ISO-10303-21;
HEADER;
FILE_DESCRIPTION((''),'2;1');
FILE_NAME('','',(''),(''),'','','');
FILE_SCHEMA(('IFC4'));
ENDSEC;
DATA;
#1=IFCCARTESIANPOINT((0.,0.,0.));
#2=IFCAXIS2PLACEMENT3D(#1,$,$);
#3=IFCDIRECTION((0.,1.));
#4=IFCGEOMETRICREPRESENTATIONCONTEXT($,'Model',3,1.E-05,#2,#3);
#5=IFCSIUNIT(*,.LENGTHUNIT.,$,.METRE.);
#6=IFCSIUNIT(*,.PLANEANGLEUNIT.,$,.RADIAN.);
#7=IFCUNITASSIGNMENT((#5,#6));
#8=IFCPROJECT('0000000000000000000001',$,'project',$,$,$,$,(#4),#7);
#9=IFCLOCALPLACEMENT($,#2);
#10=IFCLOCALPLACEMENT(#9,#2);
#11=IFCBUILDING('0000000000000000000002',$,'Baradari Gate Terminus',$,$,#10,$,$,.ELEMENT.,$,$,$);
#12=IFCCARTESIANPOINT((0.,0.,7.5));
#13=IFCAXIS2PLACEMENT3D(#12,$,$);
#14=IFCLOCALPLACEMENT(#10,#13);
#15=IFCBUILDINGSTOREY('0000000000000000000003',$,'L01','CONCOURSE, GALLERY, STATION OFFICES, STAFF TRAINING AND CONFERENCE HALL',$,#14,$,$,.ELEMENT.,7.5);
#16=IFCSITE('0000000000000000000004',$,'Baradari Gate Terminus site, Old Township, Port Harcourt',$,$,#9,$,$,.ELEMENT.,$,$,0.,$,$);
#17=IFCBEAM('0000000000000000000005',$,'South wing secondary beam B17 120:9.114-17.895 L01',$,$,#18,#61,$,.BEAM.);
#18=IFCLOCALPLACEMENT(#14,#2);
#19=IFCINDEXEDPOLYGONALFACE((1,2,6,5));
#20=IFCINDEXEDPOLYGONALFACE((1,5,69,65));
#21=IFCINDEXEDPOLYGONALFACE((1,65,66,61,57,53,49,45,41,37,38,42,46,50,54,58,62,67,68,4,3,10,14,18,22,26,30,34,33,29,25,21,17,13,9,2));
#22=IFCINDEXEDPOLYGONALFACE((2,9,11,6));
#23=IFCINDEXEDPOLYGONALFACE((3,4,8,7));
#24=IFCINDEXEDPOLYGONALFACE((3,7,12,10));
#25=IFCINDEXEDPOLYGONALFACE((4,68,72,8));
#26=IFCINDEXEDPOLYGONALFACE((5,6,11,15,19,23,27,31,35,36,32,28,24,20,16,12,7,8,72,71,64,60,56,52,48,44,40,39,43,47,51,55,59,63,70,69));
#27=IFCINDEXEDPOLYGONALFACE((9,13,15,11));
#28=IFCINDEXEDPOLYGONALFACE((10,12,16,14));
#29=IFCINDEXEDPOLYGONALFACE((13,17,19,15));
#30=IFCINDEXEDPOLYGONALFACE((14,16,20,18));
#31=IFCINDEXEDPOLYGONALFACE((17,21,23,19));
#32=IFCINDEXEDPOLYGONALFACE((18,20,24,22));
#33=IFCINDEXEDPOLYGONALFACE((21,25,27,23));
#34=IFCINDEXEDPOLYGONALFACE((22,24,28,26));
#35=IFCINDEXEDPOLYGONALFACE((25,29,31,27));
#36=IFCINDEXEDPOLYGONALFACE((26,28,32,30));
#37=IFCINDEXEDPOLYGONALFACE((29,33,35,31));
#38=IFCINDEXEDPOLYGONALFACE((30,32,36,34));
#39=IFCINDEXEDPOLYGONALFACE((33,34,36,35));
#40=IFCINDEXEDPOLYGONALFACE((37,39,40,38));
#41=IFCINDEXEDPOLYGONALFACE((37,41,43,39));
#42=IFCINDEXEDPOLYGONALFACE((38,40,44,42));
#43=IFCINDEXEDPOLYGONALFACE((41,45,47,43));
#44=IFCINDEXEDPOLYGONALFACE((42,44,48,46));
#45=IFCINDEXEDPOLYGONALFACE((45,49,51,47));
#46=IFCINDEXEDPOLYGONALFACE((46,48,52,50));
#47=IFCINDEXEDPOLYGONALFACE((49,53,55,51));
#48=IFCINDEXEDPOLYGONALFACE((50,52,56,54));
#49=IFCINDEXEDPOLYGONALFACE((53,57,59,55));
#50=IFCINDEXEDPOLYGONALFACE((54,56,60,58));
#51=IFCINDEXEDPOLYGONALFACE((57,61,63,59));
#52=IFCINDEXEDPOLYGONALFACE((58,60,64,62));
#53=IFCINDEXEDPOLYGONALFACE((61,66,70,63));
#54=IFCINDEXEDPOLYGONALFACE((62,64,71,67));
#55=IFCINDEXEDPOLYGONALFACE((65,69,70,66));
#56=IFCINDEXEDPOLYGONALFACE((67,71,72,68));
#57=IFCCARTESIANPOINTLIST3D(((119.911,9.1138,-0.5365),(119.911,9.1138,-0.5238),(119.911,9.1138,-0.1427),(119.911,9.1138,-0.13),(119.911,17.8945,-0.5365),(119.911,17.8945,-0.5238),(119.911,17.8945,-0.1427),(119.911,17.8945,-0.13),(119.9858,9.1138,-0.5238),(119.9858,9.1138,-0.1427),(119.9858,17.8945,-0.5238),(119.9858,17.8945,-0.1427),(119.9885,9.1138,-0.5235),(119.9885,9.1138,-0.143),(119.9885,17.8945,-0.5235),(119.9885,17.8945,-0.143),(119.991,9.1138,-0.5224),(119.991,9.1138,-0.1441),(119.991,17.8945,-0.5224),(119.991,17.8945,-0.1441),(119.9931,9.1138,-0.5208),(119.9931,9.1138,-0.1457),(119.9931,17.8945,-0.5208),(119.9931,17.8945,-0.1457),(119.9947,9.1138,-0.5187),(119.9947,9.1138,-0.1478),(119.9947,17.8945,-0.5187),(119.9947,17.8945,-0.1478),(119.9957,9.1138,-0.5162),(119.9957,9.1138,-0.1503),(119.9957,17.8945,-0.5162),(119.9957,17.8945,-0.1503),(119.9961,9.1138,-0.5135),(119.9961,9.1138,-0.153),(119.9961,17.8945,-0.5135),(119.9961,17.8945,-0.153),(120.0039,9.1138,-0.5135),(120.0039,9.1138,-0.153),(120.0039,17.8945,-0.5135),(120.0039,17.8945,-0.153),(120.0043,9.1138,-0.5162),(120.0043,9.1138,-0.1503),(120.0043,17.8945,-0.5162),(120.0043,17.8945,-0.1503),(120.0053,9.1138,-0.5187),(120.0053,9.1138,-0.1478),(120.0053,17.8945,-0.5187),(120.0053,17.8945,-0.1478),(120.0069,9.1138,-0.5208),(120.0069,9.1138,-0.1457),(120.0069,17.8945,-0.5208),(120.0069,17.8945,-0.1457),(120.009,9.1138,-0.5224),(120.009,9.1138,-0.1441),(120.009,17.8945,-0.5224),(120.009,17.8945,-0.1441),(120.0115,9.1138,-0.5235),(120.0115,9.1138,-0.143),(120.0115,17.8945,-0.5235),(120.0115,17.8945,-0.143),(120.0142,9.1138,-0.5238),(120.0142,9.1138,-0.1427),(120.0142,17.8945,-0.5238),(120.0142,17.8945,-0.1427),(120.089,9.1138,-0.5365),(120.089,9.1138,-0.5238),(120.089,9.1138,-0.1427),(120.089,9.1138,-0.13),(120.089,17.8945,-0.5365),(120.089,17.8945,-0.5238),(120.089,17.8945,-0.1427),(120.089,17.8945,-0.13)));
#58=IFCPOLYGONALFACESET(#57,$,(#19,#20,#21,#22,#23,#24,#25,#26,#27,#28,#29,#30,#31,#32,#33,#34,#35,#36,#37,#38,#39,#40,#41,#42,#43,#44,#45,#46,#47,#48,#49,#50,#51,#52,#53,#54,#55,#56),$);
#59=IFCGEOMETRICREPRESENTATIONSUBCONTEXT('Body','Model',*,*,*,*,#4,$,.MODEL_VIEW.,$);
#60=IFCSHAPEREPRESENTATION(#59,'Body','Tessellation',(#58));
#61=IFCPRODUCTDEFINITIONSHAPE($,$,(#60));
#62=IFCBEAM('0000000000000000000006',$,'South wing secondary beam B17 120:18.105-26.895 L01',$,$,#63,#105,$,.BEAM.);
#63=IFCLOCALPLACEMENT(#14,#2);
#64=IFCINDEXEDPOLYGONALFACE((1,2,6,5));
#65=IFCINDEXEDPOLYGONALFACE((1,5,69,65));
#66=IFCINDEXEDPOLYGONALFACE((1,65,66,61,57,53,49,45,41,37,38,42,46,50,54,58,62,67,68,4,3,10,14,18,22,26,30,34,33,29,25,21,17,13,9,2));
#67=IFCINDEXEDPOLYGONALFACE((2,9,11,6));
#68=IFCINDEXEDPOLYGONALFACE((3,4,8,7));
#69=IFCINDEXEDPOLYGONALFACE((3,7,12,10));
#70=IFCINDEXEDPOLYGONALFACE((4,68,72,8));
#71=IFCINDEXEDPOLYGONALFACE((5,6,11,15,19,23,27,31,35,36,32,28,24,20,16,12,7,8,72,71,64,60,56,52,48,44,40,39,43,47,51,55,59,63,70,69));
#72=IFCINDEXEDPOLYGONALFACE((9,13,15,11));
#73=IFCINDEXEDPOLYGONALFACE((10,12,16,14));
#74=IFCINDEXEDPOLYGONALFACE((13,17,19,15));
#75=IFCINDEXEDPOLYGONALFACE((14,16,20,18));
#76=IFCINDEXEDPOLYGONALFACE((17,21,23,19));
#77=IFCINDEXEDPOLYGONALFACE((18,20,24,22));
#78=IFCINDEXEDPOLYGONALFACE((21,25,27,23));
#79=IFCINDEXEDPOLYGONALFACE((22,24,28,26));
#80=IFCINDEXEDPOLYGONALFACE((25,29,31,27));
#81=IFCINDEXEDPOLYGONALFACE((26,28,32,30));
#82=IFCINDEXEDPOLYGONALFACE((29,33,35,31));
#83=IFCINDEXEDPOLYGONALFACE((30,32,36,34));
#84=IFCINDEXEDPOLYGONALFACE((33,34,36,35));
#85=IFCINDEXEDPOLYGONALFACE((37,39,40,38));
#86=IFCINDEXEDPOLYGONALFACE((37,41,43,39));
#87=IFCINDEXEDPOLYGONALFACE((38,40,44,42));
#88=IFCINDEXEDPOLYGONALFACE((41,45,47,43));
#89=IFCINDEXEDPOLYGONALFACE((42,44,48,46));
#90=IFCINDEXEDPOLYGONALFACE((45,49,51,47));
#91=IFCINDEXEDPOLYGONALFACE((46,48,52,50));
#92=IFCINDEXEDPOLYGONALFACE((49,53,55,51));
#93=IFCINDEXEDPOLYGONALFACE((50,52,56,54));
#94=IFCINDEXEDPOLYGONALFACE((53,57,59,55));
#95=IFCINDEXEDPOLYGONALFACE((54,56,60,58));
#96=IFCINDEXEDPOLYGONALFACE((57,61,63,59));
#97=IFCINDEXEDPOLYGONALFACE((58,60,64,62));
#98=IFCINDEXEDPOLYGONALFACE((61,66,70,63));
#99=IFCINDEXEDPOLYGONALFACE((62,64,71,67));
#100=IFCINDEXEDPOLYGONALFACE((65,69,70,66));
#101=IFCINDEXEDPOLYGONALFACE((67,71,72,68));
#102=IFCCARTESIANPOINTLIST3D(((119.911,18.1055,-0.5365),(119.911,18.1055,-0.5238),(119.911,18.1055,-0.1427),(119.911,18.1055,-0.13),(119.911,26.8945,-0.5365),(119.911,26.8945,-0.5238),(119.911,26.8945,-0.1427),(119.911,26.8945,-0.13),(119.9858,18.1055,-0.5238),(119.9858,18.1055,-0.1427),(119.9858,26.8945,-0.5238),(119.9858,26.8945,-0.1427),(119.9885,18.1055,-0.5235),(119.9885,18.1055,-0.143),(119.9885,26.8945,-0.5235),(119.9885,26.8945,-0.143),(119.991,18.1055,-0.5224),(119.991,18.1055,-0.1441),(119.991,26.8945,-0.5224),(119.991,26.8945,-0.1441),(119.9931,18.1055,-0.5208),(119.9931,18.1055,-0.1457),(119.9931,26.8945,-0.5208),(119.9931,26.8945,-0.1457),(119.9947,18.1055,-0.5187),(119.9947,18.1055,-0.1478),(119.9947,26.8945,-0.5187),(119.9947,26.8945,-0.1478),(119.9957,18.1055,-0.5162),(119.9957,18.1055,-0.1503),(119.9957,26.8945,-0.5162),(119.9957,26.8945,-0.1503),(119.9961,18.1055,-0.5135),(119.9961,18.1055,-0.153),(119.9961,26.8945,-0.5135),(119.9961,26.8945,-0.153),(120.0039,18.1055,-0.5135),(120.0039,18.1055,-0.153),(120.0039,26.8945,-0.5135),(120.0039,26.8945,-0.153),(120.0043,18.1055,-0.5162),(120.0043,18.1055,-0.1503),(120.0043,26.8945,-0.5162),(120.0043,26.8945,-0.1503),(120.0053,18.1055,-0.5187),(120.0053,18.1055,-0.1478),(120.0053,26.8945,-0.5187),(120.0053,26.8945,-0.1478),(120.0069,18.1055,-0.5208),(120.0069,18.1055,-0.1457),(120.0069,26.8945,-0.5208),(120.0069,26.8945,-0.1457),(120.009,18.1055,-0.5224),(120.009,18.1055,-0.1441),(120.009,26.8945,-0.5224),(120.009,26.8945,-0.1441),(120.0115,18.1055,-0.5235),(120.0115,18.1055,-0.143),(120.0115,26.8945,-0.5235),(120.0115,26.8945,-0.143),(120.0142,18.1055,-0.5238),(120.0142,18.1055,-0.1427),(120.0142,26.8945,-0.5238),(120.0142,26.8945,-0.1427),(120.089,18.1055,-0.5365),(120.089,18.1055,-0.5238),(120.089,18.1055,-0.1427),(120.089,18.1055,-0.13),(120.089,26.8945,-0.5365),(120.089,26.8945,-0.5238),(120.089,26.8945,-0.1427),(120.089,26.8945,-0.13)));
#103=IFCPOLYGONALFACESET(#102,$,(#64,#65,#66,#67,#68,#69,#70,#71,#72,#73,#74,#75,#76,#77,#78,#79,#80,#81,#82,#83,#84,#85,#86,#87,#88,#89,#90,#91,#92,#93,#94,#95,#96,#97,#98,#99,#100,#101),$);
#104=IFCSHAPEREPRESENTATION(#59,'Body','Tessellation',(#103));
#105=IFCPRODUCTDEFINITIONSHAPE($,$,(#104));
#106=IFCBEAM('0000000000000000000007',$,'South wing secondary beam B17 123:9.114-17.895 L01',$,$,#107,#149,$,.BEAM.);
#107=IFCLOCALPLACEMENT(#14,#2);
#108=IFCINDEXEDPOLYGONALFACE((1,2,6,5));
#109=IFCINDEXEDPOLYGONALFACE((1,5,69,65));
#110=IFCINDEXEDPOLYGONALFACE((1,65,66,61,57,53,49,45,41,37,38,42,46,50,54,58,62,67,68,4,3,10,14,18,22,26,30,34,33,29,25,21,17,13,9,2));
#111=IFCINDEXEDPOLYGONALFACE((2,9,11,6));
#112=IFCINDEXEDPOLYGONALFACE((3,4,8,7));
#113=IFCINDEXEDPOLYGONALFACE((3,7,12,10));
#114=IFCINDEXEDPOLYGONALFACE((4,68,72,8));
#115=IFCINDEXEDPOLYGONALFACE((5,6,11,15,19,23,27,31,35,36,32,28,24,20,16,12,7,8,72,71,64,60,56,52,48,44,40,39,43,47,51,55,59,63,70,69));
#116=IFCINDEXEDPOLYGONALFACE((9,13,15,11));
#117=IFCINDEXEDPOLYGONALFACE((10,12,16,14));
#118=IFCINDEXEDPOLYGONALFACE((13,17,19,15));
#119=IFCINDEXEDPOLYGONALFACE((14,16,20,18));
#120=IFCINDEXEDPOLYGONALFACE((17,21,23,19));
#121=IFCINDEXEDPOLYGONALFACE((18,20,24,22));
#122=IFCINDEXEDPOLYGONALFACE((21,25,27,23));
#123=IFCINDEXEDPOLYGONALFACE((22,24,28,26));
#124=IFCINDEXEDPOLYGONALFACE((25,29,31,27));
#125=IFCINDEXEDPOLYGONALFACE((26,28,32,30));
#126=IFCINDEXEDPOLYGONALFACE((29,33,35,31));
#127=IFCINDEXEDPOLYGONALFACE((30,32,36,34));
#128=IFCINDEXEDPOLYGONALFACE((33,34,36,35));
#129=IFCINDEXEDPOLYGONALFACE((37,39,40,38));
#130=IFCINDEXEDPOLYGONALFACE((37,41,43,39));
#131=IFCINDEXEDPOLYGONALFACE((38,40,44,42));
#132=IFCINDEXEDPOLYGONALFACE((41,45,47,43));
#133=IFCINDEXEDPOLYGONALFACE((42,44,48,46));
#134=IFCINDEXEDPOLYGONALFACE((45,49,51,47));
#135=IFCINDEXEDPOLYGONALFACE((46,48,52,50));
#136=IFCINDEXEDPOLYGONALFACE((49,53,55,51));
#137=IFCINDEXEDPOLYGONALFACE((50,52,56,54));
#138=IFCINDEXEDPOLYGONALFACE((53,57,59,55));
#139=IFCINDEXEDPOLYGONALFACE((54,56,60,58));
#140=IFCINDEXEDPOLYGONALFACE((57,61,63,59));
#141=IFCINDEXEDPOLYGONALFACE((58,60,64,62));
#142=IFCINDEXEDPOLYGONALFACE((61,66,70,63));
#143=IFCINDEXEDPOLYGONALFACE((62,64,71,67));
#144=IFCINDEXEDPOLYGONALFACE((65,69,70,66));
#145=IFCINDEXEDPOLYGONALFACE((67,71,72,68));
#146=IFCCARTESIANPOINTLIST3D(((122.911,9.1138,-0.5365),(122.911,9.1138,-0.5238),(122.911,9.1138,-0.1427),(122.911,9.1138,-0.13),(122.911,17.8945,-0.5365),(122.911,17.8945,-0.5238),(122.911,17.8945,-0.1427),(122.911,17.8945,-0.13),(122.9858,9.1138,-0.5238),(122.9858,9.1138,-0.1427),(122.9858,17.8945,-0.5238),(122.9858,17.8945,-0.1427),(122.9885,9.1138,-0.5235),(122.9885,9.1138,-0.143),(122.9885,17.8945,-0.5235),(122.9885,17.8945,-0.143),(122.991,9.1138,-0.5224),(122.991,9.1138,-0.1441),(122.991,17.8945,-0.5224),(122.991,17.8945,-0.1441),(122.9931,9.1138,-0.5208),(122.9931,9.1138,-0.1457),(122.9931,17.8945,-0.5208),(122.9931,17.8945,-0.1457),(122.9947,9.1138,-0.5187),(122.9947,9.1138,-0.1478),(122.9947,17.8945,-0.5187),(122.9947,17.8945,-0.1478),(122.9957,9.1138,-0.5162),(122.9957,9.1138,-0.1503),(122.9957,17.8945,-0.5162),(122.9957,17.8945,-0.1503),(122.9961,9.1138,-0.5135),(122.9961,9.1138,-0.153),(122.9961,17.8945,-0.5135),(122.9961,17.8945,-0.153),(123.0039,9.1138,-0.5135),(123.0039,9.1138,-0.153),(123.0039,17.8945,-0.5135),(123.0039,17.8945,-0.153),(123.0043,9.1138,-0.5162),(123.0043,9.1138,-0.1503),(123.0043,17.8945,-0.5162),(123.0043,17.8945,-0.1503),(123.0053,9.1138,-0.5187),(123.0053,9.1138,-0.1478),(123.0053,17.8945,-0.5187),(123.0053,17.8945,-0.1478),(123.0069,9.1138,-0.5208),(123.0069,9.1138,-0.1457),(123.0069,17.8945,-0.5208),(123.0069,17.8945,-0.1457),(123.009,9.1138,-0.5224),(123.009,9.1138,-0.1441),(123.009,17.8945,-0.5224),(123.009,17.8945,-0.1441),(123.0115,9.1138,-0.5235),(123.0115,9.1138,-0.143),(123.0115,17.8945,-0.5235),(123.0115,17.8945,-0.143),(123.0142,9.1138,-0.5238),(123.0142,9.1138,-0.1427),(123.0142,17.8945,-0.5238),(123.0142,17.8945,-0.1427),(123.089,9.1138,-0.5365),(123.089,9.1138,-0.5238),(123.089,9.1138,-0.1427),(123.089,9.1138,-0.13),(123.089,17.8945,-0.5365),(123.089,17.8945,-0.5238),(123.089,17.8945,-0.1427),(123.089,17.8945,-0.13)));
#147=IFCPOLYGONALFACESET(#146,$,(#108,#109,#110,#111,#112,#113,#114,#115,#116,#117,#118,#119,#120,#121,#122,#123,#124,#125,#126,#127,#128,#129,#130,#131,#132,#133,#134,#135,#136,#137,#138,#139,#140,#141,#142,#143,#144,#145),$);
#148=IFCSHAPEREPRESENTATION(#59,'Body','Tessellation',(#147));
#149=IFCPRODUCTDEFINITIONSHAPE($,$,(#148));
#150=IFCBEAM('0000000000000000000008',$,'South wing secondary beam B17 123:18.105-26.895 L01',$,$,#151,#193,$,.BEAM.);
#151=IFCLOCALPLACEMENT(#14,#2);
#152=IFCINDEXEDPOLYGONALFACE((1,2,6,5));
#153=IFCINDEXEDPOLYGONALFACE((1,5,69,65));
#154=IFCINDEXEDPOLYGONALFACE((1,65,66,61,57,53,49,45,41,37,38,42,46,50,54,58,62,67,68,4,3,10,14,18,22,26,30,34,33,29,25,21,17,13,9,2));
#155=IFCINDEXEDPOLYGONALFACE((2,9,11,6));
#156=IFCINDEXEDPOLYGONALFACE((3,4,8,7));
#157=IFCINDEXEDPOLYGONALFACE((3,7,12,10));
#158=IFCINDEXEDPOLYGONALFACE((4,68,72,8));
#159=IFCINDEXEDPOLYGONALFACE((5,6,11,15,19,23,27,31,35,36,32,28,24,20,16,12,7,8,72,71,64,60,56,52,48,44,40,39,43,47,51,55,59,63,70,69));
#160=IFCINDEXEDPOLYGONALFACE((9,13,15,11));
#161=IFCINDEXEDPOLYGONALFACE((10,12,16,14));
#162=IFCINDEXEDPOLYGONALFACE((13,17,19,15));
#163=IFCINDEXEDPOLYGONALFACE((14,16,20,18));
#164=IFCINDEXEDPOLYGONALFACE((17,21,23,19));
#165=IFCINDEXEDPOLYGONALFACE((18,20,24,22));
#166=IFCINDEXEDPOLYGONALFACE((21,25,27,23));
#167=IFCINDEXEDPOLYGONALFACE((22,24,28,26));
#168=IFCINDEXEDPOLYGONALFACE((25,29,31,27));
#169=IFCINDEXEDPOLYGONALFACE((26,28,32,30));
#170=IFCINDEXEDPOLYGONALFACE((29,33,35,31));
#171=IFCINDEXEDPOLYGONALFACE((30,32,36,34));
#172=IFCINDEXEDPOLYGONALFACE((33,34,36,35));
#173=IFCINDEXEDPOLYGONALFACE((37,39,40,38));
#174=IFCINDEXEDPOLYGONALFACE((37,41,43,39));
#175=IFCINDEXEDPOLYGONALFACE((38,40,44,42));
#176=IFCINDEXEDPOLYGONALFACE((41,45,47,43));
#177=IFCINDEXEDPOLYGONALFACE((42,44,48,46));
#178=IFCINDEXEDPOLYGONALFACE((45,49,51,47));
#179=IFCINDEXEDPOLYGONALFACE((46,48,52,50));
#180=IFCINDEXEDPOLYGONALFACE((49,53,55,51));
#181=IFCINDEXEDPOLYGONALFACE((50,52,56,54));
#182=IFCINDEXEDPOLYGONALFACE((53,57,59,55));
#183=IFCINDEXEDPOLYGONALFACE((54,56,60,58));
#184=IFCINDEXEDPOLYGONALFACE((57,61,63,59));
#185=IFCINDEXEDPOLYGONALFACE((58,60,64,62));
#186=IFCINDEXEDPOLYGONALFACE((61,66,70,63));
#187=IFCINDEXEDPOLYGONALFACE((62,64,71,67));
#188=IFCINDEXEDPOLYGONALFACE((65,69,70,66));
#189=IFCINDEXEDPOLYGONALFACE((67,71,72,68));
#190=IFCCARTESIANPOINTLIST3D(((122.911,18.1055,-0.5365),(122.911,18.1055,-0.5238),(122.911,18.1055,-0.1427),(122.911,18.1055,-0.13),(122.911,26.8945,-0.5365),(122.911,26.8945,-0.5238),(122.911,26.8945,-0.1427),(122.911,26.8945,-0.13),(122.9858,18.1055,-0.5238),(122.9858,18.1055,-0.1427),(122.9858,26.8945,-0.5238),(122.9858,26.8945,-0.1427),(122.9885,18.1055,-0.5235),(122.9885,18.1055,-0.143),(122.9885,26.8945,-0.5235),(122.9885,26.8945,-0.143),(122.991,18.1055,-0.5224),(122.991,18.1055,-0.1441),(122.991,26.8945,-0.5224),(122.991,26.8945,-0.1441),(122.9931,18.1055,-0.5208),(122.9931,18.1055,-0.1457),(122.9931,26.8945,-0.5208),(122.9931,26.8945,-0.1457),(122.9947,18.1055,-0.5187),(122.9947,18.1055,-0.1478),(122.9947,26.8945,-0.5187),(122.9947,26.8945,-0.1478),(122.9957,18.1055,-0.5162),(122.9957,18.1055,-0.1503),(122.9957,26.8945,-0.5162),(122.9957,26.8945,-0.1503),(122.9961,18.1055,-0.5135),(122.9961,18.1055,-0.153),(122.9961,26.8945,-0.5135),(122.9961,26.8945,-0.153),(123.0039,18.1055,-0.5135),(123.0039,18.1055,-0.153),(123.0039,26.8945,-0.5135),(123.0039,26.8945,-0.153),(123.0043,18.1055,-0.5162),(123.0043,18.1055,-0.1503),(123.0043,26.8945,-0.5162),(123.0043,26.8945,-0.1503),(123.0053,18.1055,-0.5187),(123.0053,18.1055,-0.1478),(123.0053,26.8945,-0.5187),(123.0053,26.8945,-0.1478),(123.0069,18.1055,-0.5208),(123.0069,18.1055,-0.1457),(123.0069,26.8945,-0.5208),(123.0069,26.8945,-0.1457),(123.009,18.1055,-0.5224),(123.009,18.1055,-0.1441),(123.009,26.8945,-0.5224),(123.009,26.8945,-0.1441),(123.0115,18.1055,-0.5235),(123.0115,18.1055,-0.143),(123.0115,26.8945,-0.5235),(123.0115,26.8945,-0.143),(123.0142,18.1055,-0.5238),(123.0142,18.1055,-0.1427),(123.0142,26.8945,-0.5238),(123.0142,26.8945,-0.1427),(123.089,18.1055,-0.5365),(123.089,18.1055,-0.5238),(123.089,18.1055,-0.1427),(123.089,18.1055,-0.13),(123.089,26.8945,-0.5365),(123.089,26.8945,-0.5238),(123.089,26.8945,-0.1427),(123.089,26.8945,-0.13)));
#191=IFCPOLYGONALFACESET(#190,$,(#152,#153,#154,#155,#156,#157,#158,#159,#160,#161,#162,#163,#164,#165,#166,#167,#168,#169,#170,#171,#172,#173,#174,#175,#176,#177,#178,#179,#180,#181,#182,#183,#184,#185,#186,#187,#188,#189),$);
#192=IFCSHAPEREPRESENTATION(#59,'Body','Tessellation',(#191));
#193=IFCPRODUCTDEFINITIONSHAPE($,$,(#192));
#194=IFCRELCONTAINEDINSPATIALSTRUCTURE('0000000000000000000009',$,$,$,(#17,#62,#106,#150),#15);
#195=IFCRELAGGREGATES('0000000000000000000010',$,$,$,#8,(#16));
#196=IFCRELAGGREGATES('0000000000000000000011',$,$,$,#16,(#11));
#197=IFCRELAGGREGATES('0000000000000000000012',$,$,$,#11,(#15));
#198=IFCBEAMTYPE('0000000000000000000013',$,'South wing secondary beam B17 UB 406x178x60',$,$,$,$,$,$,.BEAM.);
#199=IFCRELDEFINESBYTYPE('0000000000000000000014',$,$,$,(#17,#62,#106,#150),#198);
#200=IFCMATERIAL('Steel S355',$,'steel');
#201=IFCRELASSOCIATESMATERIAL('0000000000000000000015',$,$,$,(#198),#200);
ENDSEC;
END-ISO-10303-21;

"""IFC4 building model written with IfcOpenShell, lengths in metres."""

from ifc_helpers import new_model, si_unit, direction, frame, origin, origin_2d, place, context, subcontext, project, spatial, i_section, extrude, material, material_profile, profile_set, type_object, element, save


model = new_model("IFC4")

# Units and contexts
model_context = context("Model", 3, precision=1e-05, world=origin(), true_north=direction((0.0, 1.0)))
body_context = subcontext(model_context, "Body", "Model", "MODEL_VIEW")
ifc_project = project(units=[si_unit("LENGTHUNIT", "METRE"), si_unit("PLANEANGLEUNIT", "RADIAN")], contexts=[model_context])

# Site, building, storey
site_placement = place(None, origin())
site = spatial("IfcSite", under=ifc_project, at=site_placement, Name="Baradari Gate Terminus site, Old Township, Port Harcourt", CompositionType="ELEMENT", RefElevation=0.0)
building_placement = place(site_placement, origin())
building = spatial("IfcBuilding", under=site, at=building_placement, Name="Baradari Gate Terminus", CompositionType="ELEMENT")
storey_placement = place(building_placement, frame((0.0, 0.0, 7.5)))
storey = spatial("IfcBuildingStorey", under=building, at=storey_placement, Name="L01", Description="CONCOURSE, GALLERY, STATION OFFICES, STAFF TRAINING AND CONFERENCE HALL", CompositionType="ELEMENT", Elevation=7.5)

# Beams
ifc_material_1 = material(Name="Steel S355", Category="steel")
ifc_material_profile_1 = material_profile(ifc_material_1, i_section(OverallWidth=0.178, OverallDepth=0.4065, WebThickness=0.0078, FlangeThickness=0.0127, FilletRadius=0.0103, at=origin_2d()), Name="UB 406x178x60")
ifc_profile_set_1 = profile_set([ifc_material_profile_1], Name="Steel S355")
beam_type_1 = type_object("IfcBeamType", Name="South wing secondary beam B17 UB 406x178x60", PredefinedType="BEAM", material=ifc_profile_set_1)
beam_1_placement = place(storey_placement, frame((120.0, 9.1138, -0.3333), z_axis=(0.0, 1.0, 0.0), x_axis=(-1.0, 0.0, 0.0)))
element("IfcBeam", 1, at=beam_1_placement, inside=storey, type_object=beam_type_1, Name="South wing secondary beam B17 120:9.114-17.895 L01", PredefinedType="BEAM", context=body_context, shape_type="SweptSolid", body=[
    extrude(i_section(OverallWidth=0.178, OverallDepth=0.4065, WebThickness=0.0078, FlangeThickness=0.0127, FilletRadius=0.0103, at=origin_2d()), origin(), (0.0, 0.0, 1.0), 8.7808),
])
beam_2_placement = place(storey_placement, frame((120.0, 18.1055, -0.3333), z_axis=(0.0, 1.0, 0.0), x_axis=(-1.0, 0.0, 0.0)))
element("IfcBeam", 2, at=beam_2_placement, inside=storey, type_object=beam_type_1, Name="South wing secondary beam B17 120:18.105-26.895 L01", PredefinedType="BEAM", context=body_context, shape_type="SweptSolid", body=[
    extrude(i_section(OverallWidth=0.178, OverallDepth=0.4065, WebThickness=0.0078, FlangeThickness=0.0127, FilletRadius=0.0103, at=origin_2d()), origin(), (0.0, 0.0, 1.0), 8.7891),
])
beam_3_placement = place(storey_placement, frame((123.0, 9.1138, -0.3333), z_axis=(0.0, 1.0, 0.0), x_axis=(-1.0, 0.0, 0.0)))
element("IfcBeam", 3, at=beam_3_placement, inside=storey, type_object=beam_type_1, Name="South wing secondary beam B17 123:9.114-17.895 L01", PredefinedType="BEAM", context=body_context, shape_type="SweptSolid", body=[
    extrude(i_section(OverallWidth=0.178, OverallDepth=0.4065, WebThickness=0.0078, FlangeThickness=0.0127, FilletRadius=0.0103, at=origin_2d()), origin(), (0.0, 0.0, 1.0), 8.7808),
])
beam_4_placement = place(storey_placement, frame((123.0, 18.1055, -0.3333), z_axis=(0.0, 1.0, 0.0), x_axis=(-1.0, 0.0, 0.0)))
element("IfcBeam", 4, at=beam_4_placement, inside=storey, type_object=beam_type_1, Name="South wing secondary beam B17 123:18.105-26.895 L01", PredefinedType="BEAM", context=body_context, shape_type="SweptSolid", body=[
    extrude(i_section(OverallWidth=0.178, OverallDepth=0.4065, WebThickness=0.0078, FlangeThickness=0.0127, FilletRadius=0.0103, at=origin_2d()), origin(), (0.0, 0.0, 1.0), 8.7891),
])

save(model, "model.ifc")
